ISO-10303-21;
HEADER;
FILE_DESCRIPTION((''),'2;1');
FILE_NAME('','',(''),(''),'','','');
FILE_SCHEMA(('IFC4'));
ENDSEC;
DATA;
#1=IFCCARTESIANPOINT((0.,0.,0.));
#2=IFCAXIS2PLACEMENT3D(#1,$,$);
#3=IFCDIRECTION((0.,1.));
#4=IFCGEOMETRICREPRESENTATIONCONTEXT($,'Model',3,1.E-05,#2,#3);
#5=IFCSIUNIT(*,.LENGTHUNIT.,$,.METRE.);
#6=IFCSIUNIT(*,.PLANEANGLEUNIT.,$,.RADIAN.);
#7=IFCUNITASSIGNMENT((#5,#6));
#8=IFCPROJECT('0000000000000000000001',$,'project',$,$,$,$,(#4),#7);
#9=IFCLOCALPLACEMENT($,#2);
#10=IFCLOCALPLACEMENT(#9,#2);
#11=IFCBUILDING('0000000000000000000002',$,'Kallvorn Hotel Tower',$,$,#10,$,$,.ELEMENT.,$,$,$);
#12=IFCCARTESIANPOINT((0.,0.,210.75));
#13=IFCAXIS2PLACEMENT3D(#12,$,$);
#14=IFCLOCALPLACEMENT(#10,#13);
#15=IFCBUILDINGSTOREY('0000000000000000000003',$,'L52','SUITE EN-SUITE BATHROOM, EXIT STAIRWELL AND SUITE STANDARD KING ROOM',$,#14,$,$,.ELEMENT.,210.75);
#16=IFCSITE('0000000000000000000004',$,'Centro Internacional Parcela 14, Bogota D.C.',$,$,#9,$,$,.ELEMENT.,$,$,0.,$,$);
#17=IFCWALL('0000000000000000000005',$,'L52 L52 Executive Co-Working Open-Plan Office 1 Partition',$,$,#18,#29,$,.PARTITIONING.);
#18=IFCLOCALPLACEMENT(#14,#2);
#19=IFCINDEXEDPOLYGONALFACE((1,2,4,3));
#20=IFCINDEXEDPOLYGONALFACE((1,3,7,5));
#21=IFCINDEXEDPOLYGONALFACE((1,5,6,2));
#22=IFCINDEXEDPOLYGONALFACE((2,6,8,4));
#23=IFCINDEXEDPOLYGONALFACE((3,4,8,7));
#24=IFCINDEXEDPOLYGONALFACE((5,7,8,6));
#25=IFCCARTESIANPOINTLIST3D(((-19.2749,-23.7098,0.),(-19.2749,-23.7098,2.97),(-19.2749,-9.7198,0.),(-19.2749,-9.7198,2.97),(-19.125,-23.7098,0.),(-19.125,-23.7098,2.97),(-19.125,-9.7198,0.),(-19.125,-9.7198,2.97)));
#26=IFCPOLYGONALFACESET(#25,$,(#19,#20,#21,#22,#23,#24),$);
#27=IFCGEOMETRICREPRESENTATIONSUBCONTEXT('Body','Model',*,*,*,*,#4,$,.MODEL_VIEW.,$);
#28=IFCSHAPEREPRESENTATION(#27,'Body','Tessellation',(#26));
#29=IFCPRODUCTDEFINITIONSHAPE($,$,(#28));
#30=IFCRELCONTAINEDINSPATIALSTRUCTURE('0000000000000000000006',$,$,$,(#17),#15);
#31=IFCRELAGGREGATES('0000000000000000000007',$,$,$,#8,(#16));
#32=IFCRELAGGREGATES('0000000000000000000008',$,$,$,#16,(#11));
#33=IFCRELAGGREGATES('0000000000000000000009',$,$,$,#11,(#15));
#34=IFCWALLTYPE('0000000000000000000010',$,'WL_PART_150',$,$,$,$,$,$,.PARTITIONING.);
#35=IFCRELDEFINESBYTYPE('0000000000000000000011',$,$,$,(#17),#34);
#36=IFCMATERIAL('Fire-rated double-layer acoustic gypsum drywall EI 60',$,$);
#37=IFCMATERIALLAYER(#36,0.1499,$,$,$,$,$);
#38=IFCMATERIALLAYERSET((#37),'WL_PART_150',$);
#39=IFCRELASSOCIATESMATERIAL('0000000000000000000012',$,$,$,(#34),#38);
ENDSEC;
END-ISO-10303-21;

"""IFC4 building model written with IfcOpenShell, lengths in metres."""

from ifc_helpers import new_model, si_unit, direction, frame, frame_2d, origin, place, context, subcontext, project, spatial, rectangle, extrude, material, layer, layer_set, type_object, element, save


model = new_model("IFC4")

# Units and contexts
model_context = context("Model", 3, precision=1e-05, world=origin(), true_north=direction((0.0, 1.0)))
body_context = subcontext(model_context, "Body", "Model", "MODEL_VIEW")
ifc_project = project(units=[si_unit("LENGTHUNIT", "METRE"), si_unit("PLANEANGLEUNIT", "RADIAN")], contexts=[model_context])

# Site, building, storey
site_placement = place(None, origin())
site = spatial("IfcSite", under=ifc_project, at=site_placement, Name="Centro Internacional Parcela 14, Bogota D.C.", CompositionType="ELEMENT", RefElevation=0.0)
building_placement = place(site_placement, origin())
building = spatial("IfcBuilding", under=site, at=building_placement, Name="Kallvorn Hotel Tower", CompositionType="ELEMENT")
storey_placement = place(building_placement, frame((0.0, 0.0, 210.75)))
storey = spatial("IfcBuildingStorey", under=building, at=storey_placement, Name="L52", Description="SUITE EN-SUITE BATHROOM, EXIT STAIRWELL AND SUITE STANDARD KING ROOM", CompositionType="ELEMENT", Elevation=210.75)

# Shared definitions
ifc_material_1 = material(Name="Fire-rated double-layer acoustic gypsum drywall EI 60")
ifc_layer_1 = layer(ifc_material_1, 0.1499)
ifc_layer_set_1 = layer_set([ifc_layer_1], Name="WL_PART_150")
wall_type_1 = type_object("IfcWallType", Name="WL_PART_150", PredefinedType="PARTITIONING", material=ifc_layer_set_1)

# Wall
wall_1_placement = place(storey_placement, frame((-19.2, -23.71, 0.0), z_axis=(0.0, 0.0, 1.0), x_axis=(0.0, 1.0, 0.0)))
element("IfcWall", 1, at=wall_1_placement, inside=storey, type_object=wall_type_1, Name="L52 L52 Executive Co-Working Open-Plan Office 1 Partition", PredefinedType="PARTITIONING", context=body_context, shape_type="SweptSolid", body=[
    extrude(rectangle(XDim=13.99, YDim=0.1499, at=frame_2d((6.9951, 0.0))), origin(), (0.0, 0.0, 1.0), 2.97),
])

save(model, "model.ifc")
